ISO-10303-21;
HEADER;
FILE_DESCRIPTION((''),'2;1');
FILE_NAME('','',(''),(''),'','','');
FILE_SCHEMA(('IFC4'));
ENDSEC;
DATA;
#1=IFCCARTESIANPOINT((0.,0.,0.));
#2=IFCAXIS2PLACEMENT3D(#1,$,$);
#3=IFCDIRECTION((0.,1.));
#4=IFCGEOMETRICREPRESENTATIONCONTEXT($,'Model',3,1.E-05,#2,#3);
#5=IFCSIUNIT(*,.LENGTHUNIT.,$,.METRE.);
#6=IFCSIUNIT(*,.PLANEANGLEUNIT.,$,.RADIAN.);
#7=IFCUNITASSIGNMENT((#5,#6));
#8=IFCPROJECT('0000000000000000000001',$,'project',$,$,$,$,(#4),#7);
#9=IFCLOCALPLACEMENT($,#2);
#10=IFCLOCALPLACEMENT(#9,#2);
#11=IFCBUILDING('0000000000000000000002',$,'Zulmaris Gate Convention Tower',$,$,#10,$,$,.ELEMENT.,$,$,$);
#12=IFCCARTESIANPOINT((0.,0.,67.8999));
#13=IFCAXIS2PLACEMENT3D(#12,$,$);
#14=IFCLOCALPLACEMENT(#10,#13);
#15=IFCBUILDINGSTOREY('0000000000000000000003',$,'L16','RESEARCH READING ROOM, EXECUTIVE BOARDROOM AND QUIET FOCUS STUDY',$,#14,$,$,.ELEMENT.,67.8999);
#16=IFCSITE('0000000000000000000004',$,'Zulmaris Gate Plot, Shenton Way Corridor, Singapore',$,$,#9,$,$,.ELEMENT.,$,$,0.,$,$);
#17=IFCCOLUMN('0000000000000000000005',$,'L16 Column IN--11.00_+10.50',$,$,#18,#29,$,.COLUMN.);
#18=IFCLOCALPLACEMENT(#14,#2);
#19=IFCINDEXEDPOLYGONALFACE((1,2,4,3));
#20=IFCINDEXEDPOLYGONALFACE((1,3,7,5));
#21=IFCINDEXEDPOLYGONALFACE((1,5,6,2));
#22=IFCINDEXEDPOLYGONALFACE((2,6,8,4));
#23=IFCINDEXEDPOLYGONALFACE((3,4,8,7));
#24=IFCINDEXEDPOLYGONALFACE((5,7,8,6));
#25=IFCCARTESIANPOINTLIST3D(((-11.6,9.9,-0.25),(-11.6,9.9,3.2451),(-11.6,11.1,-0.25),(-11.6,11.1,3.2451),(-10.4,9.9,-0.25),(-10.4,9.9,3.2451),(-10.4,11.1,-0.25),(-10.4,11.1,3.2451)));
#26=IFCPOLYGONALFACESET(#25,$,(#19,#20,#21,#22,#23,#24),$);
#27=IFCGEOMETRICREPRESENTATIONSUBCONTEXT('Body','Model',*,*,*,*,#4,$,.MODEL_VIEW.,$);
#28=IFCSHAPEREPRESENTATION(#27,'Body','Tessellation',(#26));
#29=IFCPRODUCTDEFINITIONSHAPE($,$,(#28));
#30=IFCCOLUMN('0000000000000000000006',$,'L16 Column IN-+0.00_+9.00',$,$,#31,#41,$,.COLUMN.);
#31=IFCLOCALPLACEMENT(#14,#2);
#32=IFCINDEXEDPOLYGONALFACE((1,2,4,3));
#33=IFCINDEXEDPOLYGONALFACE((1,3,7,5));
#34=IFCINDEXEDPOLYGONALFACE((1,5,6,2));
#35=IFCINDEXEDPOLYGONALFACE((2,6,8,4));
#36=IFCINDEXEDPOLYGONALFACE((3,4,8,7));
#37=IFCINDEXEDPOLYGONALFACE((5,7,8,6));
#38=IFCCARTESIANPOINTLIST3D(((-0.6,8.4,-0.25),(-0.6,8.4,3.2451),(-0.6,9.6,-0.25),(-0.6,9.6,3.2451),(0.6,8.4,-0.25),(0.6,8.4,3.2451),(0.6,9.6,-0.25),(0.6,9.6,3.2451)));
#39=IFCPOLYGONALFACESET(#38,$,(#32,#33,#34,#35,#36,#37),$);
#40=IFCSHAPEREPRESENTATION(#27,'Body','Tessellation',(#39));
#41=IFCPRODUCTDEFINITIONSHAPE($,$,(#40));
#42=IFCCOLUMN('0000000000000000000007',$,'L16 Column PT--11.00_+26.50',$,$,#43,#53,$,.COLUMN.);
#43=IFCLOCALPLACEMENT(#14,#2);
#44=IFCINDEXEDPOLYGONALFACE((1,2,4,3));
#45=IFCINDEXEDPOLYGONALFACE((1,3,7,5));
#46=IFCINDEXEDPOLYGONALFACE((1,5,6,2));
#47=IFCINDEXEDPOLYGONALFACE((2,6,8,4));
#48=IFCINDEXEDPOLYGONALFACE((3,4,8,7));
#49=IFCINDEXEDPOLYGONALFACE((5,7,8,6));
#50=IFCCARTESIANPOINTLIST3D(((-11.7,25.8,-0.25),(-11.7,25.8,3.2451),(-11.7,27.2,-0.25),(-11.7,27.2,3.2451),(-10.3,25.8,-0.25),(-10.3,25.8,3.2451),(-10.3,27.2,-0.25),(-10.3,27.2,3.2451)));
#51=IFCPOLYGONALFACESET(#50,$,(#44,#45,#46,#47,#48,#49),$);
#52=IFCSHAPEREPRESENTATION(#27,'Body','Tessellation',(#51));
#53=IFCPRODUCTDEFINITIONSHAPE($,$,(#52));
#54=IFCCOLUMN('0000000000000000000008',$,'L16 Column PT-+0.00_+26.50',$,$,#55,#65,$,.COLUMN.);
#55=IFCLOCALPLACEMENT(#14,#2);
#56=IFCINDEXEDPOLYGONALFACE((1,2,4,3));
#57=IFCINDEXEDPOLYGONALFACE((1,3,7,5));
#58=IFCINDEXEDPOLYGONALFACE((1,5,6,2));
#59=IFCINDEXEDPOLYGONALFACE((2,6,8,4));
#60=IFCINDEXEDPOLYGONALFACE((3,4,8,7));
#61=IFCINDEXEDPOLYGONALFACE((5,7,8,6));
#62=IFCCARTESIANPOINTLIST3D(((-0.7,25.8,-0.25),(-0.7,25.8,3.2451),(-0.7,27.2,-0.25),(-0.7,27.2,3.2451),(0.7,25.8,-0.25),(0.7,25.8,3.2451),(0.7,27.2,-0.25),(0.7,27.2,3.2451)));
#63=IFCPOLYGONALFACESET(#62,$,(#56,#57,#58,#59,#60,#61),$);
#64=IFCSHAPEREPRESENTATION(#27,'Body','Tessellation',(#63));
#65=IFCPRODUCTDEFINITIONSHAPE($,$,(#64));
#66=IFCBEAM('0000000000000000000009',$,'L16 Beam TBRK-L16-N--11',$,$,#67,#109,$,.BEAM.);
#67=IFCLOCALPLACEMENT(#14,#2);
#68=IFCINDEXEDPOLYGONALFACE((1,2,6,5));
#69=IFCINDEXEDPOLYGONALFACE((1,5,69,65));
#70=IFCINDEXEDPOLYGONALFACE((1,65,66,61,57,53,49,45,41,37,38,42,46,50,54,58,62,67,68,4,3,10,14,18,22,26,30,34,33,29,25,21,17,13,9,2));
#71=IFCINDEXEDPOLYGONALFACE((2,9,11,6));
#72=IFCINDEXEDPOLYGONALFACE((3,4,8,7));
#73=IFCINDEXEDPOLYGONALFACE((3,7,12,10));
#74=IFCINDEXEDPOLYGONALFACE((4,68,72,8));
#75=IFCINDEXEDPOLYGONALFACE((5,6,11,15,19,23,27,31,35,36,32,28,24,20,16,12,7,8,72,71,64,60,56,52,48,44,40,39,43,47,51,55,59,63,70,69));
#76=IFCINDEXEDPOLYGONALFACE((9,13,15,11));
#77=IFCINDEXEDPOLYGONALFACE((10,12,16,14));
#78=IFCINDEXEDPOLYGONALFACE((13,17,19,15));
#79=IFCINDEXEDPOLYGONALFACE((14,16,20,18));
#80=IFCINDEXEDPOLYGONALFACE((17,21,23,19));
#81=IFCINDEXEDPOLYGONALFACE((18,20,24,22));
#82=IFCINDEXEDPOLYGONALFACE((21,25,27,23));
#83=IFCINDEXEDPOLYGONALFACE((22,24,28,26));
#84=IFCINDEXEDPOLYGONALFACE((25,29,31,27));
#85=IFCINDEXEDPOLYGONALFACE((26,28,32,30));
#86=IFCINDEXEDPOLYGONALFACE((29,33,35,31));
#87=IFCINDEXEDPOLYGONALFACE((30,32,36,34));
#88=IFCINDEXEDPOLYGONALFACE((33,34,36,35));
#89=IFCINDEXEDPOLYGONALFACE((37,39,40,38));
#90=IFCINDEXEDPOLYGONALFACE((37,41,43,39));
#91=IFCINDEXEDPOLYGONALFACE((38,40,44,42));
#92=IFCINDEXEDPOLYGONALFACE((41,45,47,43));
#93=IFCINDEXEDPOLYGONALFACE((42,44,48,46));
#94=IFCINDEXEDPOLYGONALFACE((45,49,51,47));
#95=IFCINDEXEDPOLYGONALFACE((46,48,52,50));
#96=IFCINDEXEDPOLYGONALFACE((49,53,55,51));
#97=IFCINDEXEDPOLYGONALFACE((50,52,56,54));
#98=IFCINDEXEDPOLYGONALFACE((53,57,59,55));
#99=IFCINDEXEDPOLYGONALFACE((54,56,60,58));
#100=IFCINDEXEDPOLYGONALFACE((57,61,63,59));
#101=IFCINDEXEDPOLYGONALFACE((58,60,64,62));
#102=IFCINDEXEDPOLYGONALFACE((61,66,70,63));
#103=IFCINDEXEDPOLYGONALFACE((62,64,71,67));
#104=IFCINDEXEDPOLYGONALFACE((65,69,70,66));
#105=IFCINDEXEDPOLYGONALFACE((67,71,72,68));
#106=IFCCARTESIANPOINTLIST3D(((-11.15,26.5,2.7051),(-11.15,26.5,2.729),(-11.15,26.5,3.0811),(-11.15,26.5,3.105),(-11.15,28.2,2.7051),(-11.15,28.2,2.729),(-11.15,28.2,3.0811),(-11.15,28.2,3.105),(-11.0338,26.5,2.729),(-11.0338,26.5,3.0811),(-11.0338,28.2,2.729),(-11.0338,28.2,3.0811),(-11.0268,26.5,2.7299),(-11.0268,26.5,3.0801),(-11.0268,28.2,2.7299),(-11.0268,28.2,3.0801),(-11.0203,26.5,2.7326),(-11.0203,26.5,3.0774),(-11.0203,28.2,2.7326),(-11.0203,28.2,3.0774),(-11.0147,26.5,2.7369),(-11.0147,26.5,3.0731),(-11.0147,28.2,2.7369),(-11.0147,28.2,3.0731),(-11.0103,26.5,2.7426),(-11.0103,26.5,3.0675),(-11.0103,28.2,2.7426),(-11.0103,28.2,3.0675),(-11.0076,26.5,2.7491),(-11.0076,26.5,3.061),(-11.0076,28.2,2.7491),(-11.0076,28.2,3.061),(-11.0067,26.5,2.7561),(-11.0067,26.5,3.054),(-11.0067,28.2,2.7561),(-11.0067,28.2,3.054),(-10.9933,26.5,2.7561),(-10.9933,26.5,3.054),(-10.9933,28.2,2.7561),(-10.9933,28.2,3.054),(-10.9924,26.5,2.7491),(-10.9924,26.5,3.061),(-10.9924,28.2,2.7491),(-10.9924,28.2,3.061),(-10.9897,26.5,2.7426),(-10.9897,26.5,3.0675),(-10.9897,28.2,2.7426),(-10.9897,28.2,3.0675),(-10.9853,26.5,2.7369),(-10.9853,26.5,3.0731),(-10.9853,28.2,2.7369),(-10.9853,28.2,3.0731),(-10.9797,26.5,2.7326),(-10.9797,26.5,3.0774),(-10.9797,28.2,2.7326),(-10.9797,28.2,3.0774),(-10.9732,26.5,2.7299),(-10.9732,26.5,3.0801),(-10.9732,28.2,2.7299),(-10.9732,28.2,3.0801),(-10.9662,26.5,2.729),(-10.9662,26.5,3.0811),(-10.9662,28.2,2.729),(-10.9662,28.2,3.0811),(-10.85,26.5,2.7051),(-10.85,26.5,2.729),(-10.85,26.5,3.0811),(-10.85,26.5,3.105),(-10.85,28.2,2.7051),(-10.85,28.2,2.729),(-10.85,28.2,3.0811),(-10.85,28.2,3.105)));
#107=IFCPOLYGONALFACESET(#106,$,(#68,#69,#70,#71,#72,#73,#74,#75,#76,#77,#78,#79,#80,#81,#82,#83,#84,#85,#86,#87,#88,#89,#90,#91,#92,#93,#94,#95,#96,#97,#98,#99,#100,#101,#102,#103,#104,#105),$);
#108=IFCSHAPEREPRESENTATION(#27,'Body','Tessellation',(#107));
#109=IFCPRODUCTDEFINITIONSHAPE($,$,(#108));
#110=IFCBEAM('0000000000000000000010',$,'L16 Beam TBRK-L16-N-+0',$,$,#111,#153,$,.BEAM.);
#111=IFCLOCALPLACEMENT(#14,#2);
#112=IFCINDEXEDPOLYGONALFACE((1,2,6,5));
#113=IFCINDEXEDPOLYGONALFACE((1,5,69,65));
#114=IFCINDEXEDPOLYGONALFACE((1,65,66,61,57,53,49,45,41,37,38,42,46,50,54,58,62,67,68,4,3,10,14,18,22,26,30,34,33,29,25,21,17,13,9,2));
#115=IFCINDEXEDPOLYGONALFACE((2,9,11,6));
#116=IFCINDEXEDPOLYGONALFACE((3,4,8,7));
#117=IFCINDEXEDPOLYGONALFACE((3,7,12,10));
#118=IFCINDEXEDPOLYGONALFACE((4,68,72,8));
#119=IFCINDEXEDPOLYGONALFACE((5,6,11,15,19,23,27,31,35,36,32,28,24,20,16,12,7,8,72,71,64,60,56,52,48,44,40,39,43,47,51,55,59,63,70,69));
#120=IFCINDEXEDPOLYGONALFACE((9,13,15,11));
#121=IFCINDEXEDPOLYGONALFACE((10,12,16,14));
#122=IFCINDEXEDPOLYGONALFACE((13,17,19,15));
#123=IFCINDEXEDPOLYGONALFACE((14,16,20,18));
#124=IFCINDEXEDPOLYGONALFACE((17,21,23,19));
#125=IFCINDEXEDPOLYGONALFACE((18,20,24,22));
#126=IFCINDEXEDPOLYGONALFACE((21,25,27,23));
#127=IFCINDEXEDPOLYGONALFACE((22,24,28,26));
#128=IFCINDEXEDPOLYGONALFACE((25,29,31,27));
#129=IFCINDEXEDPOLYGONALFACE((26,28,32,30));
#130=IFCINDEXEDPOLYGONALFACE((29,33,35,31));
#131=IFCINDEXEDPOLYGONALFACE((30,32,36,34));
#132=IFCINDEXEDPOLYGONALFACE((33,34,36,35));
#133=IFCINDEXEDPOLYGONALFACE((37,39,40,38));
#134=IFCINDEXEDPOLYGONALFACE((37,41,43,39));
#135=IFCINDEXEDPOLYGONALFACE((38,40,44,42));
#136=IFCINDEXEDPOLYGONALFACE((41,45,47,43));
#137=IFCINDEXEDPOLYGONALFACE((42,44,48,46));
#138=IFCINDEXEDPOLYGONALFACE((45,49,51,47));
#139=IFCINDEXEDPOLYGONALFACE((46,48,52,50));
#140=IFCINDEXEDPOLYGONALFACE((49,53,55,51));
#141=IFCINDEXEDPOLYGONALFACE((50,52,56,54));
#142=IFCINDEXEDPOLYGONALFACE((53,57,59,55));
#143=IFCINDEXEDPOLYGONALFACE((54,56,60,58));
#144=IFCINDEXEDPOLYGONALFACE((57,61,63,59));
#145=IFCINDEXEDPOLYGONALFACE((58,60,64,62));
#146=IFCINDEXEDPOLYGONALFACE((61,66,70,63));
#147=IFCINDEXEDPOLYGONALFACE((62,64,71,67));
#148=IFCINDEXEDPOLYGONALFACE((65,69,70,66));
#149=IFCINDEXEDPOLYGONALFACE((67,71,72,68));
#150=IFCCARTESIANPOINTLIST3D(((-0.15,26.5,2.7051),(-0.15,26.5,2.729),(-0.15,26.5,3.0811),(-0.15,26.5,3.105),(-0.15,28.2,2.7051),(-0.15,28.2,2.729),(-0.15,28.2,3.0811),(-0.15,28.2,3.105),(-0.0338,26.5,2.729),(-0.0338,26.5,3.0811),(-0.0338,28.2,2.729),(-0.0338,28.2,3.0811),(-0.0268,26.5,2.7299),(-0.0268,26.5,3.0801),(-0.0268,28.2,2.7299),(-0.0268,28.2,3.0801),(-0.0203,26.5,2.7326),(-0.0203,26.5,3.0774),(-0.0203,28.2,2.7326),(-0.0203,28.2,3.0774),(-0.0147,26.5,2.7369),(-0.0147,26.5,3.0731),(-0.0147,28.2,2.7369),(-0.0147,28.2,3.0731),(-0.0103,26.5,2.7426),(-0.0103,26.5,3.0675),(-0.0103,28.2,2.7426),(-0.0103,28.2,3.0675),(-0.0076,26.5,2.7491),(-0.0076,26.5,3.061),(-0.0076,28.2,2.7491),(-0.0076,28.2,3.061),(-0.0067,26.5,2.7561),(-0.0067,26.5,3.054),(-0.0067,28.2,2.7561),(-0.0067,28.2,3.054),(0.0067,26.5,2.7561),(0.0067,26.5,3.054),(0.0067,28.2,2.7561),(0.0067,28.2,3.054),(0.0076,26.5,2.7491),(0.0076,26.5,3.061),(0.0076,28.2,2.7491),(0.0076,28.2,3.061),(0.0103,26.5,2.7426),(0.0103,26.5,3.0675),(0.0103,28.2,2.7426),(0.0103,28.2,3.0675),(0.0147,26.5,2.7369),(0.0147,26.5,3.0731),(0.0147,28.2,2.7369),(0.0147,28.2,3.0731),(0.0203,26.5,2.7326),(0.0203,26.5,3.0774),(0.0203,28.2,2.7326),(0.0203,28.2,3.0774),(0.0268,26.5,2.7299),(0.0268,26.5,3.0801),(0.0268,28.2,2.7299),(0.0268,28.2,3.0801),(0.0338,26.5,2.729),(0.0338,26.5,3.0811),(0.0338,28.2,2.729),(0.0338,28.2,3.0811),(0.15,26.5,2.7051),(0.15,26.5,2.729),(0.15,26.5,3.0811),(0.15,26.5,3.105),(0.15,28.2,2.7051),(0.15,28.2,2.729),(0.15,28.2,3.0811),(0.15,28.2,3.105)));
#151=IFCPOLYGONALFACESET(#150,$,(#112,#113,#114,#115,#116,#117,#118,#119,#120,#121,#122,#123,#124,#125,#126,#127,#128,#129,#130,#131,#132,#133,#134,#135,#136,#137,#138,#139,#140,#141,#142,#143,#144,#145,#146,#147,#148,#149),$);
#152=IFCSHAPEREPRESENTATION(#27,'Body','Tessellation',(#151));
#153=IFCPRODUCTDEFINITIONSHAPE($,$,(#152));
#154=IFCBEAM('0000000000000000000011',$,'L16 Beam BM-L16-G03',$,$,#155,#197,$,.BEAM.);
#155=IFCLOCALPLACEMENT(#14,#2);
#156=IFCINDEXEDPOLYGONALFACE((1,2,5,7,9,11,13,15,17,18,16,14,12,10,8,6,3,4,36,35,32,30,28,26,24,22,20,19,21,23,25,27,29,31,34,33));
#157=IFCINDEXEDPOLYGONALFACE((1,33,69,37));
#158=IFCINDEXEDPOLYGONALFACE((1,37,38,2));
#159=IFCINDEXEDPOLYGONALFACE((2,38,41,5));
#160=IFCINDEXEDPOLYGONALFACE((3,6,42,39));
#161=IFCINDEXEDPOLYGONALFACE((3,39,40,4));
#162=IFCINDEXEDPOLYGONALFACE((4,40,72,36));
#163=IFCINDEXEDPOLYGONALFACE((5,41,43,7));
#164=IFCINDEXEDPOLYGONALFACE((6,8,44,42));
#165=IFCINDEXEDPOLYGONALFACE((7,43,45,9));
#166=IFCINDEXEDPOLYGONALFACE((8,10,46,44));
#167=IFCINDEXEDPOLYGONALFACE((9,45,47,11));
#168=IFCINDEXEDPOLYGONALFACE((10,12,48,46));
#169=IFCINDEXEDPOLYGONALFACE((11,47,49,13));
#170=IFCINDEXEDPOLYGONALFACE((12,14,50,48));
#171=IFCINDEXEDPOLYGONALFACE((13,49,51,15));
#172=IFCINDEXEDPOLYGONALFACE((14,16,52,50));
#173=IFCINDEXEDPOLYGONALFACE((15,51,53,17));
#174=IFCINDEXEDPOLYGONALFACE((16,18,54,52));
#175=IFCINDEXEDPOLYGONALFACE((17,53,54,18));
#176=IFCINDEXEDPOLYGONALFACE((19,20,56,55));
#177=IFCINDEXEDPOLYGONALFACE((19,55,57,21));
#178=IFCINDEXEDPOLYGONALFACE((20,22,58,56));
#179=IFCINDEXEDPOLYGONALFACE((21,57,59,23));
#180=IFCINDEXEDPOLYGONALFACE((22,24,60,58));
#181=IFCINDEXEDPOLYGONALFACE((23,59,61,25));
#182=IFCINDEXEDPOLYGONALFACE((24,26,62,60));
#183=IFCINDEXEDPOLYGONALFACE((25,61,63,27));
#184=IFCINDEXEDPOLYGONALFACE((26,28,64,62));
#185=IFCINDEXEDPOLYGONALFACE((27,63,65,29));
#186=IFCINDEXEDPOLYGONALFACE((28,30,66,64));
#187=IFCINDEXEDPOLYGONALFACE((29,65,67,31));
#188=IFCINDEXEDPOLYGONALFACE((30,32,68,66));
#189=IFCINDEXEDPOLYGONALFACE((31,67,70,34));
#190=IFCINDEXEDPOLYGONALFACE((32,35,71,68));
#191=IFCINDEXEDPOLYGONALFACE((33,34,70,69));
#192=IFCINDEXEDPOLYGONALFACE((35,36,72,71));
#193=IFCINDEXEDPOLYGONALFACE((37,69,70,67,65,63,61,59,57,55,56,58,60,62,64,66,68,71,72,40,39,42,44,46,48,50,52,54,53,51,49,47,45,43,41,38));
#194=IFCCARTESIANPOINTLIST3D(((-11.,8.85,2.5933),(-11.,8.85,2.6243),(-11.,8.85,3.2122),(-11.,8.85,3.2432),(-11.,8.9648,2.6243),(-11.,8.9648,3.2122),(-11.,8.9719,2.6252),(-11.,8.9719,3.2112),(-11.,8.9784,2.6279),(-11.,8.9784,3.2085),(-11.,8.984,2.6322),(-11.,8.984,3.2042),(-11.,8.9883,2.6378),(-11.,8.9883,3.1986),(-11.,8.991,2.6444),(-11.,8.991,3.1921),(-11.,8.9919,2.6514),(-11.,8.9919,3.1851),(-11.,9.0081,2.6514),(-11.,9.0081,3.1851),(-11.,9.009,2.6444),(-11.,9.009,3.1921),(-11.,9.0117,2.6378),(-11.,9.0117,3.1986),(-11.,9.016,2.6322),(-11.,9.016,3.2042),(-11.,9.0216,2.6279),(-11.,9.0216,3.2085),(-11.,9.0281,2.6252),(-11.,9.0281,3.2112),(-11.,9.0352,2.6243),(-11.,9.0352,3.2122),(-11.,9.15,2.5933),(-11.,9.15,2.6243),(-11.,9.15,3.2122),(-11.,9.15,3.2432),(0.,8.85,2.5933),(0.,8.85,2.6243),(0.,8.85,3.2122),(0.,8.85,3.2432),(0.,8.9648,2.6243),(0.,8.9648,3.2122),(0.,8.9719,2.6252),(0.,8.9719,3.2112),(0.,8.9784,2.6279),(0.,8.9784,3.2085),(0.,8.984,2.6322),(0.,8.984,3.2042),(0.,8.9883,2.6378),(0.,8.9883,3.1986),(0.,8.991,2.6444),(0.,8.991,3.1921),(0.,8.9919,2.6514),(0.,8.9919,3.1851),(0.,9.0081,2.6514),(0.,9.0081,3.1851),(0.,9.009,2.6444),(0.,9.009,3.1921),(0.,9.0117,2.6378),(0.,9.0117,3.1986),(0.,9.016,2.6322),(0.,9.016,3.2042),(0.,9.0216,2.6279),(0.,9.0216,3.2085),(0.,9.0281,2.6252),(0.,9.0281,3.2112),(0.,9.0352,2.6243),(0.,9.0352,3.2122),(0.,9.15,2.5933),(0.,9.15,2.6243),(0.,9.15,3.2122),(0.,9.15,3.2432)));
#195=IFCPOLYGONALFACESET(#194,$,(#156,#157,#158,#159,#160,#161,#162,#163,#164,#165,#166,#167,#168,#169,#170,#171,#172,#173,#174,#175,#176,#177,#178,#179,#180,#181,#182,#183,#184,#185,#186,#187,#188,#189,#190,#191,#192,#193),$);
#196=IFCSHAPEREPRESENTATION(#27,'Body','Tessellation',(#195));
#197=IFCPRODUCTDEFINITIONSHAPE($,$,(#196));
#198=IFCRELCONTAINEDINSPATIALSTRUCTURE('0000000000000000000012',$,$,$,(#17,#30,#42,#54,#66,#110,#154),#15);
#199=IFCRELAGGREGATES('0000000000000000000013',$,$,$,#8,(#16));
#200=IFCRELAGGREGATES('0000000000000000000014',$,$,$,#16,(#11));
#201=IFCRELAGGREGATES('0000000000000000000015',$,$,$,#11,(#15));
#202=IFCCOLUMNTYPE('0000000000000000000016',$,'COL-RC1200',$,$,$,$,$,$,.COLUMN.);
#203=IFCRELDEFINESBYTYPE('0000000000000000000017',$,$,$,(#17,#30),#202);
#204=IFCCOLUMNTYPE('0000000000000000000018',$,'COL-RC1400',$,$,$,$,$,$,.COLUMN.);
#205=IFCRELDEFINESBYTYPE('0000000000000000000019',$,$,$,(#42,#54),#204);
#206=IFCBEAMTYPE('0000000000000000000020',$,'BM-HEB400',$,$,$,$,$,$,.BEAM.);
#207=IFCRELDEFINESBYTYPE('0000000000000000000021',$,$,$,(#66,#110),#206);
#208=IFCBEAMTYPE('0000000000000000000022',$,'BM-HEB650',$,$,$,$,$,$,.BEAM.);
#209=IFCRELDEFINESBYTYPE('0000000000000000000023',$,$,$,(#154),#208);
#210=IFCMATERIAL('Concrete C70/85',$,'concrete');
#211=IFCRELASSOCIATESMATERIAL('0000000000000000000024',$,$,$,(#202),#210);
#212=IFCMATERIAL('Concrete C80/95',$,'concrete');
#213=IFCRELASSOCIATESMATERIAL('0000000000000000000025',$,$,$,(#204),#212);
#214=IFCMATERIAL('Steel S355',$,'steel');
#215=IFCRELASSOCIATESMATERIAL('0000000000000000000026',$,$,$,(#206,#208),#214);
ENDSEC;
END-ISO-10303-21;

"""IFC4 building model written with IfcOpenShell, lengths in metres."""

from ifc_helpers import new_model, si_unit, direction, frame, origin, origin_2d, place, context, subcontext, project, spatial, rectangle, i_section, extrude, material, material_profile, profile_set, type_object, element, save


model = new_model("IFC4")

# Units and contexts
model_context = context("Model", 3, precision=1e-05, world=origin(), true_north=direction((0.0, 1.0)))
body_context = subcontext(model_context, "Body", "Model", "MODEL_VIEW")
ifc_project = project(units=[si_unit("LENGTHUNIT", "METRE"), si_unit("PLANEANGLEUNIT", "RADIAN")], contexts=[model_context])

# Site, building, storey
site_placement = place(None, origin())
site = spatial("IfcSite", under=ifc_project, at=site_placement, Name="Zulmaris Gate Plot, Shenton Way Corridor, Singapore", CompositionType="ELEMENT", RefElevation=0.0)
building_placement = place(site_placement, origin())
building = spatial("IfcBuilding", under=site, at=building_placement, Name="Zulmaris Gate Convention Tower", CompositionType="ELEMENT")
storey_placement = place(building_placement, frame((0.0, 0.0, 67.8999)))
storey = spatial("IfcBuildingStorey", under=building, at=storey_placement, Name="L16", Description="RESEARCH READING ROOM, EXECUTIVE BOARDROOM AND QUIET FOCUS STUDY", CompositionType="ELEMENT", Elevation=67.8999)

# Columns
ifc_material_1 = material(Name="Concrete C70/85", Category="concrete")
ifc_material_profile_1 = material_profile(ifc_material_1, rectangle(XDim=1.2, YDim=1.2, at=origin_2d()), Name="RC COL 1200x1200")
ifc_profile_set_1 = profile_set([ifc_material_profile_1], Name="Concrete C70/85")
column_type_1 = type_object("IfcColumnType", Name="COL-RC1200", PredefinedType="COLUMN", material=ifc_profile_set_1)
for number, where, z_axis, x_axis, name in (
    (1, (-11.0, 10.5, -0.25), (0.0, 0.0, 1.0), (1.0, 0.0, 0.0), "L16 Column IN--11.00_+10.50"),
    (2, (0.0, 9.0, -0.25), (0.0, 0.0, 1.0), (1.0, 0.0, 0.0), "L16 Column IN-+0.00_+9.00"),
):
    element("IfcColumn", number, at=place(storey_placement, frame(where, z_axis=z_axis, x_axis=x_axis)), inside=storey, type_object=column_type_1, Name=name, PredefinedType="COLUMN", context=body_context, shape_type="SweptSolid", body=[
        extrude(rectangle(XDim=1.2, YDim=1.2, at=origin_2d()), origin(), (0.0, 0.0, 1.0), 3.4951),
    ])
ifc_material_2 = material(Name="Concrete C80/95", Category="concrete")
ifc_material_profile_2 = material_profile(ifc_material_2, rectangle(XDim=1.3999, YDim=1.3999, at=origin_2d()), Name="RC COL 1400x1400")
ifc_profile_set_2 = profile_set([ifc_material_profile_2], Name="Concrete C80/95")
column_type_2 = type_object("IfcColumnType", Name="COL-RC1400", PredefinedType="COLUMN", material=ifc_profile_set_2)
for number, where, z_axis, x_axis, name in (
    (3, (-11.0, 26.5, -0.25), (0.0, 0.0, 1.0), (1.0, 0.0, 0.0), "L16 Column PT--11.00_+26.50"),
    (4, (0.0, 26.5, -0.25), (0.0, 0.0, 1.0), (1.0, 0.0, 0.0), "L16 Column PT-+0.00_+26.50"),
):
    element("IfcColumn", number, at=place(storey_placement, frame(where, z_axis=z_axis, x_axis=x_axis)), inside=storey, type_object=column_type_2, Name=name, PredefinedType="COLUMN", context=body_context, shape_type="SweptSolid", body=[
        extrude(rectangle(XDim=1.3999, YDim=1.3999, at=origin_2d()), origin(), (0.0, 0.0, 1.0), 3.4951),
    ])

# Beams
ifc_material_3 = material(Name="Steel S355", Category="steel")
ifc_material_profile_3 = material_profile(ifc_material_3, i_section(OverallWidth=0.3, OverallDepth=0.3999, WebThickness=0.0134, FlangeThickness=0.0239, FilletRadius=0.0271, at=origin_2d()), Name="HEB 400")
ifc_profile_set_3 = profile_set([ifc_material_profile_3], Name="Steel S355")
beam_type_1 = type_object("IfcBeamType", Name="BM-HEB400", PredefinedType="BEAM", material=ifc_profile_set_3)
for number, where, z_axis, x_axis, name in (
    (5, (-11.0, 26.5, 2.905), (0.0, 1.0, 0.0), (-1.0, 0.0, 0.0), "L16 Beam TBRK-L16-N--11"),
    (6, (0.0, 26.5, 2.905), (0.0, 1.0, 0.0), (-1.0, 0.0, 0.0), "L16 Beam TBRK-L16-N-+0"),
):
    element("IfcBeam", number, at=place(storey_placement, frame(where, z_axis=z_axis, x_axis=x_axis)), inside=storey, type_object=beam_type_1, Name=name, PredefinedType="BEAM", context=body_context, shape_type="SweptSolid", body=[
        extrude(i_section(OverallWidth=0.3, OverallDepth=0.3999, WebThickness=0.0134, FlangeThickness=0.0239, FilletRadius=0.0271, at=origin_2d()), origin(), (0.0, 0.0, 1.0), 1.7),
    ])
ifc_material_profile_4 = material_profile(ifc_material_3, i_section(OverallWidth=0.3, OverallDepth=0.6499, WebThickness=0.0161, FlangeThickness=0.031, FilletRadius=0.0271, at=origin_2d()), Name="HEB 650")
ifc_profile_set_4 = profile_set([ifc_material_profile_4], Name="Steel S355")
beam_type_2 = type_object("IfcBeamType", Name="BM-HEB650", PredefinedType="BEAM", material=ifc_profile_set_4)
for number, where, z_axis, x_axis, name in (
    (7, (-11.0, 9.0, 2.9182), (1.0, 0.0, 0.0), (0.0, 1.0, 0.0), "L16 Beam BM-L16-G03"),
):
    element("IfcBeam", number, at=place(storey_placement, frame(where, z_axis=z_axis, x_axis=x_axis)), inside=storey, type_object=beam_type_2, Name=name, PredefinedType="BEAM", context=body_context, shape_type="SweptSolid", body=[
        extrude(i_section(OverallWidth=0.3, OverallDepth=0.6499, WebThickness=0.0161, FlangeThickness=0.031, FilletRadius=0.0271, at=origin_2d()), origin(), (0.0, 0.0, 1.0), 11.0),
    ])

save(model, "model.ifc")
